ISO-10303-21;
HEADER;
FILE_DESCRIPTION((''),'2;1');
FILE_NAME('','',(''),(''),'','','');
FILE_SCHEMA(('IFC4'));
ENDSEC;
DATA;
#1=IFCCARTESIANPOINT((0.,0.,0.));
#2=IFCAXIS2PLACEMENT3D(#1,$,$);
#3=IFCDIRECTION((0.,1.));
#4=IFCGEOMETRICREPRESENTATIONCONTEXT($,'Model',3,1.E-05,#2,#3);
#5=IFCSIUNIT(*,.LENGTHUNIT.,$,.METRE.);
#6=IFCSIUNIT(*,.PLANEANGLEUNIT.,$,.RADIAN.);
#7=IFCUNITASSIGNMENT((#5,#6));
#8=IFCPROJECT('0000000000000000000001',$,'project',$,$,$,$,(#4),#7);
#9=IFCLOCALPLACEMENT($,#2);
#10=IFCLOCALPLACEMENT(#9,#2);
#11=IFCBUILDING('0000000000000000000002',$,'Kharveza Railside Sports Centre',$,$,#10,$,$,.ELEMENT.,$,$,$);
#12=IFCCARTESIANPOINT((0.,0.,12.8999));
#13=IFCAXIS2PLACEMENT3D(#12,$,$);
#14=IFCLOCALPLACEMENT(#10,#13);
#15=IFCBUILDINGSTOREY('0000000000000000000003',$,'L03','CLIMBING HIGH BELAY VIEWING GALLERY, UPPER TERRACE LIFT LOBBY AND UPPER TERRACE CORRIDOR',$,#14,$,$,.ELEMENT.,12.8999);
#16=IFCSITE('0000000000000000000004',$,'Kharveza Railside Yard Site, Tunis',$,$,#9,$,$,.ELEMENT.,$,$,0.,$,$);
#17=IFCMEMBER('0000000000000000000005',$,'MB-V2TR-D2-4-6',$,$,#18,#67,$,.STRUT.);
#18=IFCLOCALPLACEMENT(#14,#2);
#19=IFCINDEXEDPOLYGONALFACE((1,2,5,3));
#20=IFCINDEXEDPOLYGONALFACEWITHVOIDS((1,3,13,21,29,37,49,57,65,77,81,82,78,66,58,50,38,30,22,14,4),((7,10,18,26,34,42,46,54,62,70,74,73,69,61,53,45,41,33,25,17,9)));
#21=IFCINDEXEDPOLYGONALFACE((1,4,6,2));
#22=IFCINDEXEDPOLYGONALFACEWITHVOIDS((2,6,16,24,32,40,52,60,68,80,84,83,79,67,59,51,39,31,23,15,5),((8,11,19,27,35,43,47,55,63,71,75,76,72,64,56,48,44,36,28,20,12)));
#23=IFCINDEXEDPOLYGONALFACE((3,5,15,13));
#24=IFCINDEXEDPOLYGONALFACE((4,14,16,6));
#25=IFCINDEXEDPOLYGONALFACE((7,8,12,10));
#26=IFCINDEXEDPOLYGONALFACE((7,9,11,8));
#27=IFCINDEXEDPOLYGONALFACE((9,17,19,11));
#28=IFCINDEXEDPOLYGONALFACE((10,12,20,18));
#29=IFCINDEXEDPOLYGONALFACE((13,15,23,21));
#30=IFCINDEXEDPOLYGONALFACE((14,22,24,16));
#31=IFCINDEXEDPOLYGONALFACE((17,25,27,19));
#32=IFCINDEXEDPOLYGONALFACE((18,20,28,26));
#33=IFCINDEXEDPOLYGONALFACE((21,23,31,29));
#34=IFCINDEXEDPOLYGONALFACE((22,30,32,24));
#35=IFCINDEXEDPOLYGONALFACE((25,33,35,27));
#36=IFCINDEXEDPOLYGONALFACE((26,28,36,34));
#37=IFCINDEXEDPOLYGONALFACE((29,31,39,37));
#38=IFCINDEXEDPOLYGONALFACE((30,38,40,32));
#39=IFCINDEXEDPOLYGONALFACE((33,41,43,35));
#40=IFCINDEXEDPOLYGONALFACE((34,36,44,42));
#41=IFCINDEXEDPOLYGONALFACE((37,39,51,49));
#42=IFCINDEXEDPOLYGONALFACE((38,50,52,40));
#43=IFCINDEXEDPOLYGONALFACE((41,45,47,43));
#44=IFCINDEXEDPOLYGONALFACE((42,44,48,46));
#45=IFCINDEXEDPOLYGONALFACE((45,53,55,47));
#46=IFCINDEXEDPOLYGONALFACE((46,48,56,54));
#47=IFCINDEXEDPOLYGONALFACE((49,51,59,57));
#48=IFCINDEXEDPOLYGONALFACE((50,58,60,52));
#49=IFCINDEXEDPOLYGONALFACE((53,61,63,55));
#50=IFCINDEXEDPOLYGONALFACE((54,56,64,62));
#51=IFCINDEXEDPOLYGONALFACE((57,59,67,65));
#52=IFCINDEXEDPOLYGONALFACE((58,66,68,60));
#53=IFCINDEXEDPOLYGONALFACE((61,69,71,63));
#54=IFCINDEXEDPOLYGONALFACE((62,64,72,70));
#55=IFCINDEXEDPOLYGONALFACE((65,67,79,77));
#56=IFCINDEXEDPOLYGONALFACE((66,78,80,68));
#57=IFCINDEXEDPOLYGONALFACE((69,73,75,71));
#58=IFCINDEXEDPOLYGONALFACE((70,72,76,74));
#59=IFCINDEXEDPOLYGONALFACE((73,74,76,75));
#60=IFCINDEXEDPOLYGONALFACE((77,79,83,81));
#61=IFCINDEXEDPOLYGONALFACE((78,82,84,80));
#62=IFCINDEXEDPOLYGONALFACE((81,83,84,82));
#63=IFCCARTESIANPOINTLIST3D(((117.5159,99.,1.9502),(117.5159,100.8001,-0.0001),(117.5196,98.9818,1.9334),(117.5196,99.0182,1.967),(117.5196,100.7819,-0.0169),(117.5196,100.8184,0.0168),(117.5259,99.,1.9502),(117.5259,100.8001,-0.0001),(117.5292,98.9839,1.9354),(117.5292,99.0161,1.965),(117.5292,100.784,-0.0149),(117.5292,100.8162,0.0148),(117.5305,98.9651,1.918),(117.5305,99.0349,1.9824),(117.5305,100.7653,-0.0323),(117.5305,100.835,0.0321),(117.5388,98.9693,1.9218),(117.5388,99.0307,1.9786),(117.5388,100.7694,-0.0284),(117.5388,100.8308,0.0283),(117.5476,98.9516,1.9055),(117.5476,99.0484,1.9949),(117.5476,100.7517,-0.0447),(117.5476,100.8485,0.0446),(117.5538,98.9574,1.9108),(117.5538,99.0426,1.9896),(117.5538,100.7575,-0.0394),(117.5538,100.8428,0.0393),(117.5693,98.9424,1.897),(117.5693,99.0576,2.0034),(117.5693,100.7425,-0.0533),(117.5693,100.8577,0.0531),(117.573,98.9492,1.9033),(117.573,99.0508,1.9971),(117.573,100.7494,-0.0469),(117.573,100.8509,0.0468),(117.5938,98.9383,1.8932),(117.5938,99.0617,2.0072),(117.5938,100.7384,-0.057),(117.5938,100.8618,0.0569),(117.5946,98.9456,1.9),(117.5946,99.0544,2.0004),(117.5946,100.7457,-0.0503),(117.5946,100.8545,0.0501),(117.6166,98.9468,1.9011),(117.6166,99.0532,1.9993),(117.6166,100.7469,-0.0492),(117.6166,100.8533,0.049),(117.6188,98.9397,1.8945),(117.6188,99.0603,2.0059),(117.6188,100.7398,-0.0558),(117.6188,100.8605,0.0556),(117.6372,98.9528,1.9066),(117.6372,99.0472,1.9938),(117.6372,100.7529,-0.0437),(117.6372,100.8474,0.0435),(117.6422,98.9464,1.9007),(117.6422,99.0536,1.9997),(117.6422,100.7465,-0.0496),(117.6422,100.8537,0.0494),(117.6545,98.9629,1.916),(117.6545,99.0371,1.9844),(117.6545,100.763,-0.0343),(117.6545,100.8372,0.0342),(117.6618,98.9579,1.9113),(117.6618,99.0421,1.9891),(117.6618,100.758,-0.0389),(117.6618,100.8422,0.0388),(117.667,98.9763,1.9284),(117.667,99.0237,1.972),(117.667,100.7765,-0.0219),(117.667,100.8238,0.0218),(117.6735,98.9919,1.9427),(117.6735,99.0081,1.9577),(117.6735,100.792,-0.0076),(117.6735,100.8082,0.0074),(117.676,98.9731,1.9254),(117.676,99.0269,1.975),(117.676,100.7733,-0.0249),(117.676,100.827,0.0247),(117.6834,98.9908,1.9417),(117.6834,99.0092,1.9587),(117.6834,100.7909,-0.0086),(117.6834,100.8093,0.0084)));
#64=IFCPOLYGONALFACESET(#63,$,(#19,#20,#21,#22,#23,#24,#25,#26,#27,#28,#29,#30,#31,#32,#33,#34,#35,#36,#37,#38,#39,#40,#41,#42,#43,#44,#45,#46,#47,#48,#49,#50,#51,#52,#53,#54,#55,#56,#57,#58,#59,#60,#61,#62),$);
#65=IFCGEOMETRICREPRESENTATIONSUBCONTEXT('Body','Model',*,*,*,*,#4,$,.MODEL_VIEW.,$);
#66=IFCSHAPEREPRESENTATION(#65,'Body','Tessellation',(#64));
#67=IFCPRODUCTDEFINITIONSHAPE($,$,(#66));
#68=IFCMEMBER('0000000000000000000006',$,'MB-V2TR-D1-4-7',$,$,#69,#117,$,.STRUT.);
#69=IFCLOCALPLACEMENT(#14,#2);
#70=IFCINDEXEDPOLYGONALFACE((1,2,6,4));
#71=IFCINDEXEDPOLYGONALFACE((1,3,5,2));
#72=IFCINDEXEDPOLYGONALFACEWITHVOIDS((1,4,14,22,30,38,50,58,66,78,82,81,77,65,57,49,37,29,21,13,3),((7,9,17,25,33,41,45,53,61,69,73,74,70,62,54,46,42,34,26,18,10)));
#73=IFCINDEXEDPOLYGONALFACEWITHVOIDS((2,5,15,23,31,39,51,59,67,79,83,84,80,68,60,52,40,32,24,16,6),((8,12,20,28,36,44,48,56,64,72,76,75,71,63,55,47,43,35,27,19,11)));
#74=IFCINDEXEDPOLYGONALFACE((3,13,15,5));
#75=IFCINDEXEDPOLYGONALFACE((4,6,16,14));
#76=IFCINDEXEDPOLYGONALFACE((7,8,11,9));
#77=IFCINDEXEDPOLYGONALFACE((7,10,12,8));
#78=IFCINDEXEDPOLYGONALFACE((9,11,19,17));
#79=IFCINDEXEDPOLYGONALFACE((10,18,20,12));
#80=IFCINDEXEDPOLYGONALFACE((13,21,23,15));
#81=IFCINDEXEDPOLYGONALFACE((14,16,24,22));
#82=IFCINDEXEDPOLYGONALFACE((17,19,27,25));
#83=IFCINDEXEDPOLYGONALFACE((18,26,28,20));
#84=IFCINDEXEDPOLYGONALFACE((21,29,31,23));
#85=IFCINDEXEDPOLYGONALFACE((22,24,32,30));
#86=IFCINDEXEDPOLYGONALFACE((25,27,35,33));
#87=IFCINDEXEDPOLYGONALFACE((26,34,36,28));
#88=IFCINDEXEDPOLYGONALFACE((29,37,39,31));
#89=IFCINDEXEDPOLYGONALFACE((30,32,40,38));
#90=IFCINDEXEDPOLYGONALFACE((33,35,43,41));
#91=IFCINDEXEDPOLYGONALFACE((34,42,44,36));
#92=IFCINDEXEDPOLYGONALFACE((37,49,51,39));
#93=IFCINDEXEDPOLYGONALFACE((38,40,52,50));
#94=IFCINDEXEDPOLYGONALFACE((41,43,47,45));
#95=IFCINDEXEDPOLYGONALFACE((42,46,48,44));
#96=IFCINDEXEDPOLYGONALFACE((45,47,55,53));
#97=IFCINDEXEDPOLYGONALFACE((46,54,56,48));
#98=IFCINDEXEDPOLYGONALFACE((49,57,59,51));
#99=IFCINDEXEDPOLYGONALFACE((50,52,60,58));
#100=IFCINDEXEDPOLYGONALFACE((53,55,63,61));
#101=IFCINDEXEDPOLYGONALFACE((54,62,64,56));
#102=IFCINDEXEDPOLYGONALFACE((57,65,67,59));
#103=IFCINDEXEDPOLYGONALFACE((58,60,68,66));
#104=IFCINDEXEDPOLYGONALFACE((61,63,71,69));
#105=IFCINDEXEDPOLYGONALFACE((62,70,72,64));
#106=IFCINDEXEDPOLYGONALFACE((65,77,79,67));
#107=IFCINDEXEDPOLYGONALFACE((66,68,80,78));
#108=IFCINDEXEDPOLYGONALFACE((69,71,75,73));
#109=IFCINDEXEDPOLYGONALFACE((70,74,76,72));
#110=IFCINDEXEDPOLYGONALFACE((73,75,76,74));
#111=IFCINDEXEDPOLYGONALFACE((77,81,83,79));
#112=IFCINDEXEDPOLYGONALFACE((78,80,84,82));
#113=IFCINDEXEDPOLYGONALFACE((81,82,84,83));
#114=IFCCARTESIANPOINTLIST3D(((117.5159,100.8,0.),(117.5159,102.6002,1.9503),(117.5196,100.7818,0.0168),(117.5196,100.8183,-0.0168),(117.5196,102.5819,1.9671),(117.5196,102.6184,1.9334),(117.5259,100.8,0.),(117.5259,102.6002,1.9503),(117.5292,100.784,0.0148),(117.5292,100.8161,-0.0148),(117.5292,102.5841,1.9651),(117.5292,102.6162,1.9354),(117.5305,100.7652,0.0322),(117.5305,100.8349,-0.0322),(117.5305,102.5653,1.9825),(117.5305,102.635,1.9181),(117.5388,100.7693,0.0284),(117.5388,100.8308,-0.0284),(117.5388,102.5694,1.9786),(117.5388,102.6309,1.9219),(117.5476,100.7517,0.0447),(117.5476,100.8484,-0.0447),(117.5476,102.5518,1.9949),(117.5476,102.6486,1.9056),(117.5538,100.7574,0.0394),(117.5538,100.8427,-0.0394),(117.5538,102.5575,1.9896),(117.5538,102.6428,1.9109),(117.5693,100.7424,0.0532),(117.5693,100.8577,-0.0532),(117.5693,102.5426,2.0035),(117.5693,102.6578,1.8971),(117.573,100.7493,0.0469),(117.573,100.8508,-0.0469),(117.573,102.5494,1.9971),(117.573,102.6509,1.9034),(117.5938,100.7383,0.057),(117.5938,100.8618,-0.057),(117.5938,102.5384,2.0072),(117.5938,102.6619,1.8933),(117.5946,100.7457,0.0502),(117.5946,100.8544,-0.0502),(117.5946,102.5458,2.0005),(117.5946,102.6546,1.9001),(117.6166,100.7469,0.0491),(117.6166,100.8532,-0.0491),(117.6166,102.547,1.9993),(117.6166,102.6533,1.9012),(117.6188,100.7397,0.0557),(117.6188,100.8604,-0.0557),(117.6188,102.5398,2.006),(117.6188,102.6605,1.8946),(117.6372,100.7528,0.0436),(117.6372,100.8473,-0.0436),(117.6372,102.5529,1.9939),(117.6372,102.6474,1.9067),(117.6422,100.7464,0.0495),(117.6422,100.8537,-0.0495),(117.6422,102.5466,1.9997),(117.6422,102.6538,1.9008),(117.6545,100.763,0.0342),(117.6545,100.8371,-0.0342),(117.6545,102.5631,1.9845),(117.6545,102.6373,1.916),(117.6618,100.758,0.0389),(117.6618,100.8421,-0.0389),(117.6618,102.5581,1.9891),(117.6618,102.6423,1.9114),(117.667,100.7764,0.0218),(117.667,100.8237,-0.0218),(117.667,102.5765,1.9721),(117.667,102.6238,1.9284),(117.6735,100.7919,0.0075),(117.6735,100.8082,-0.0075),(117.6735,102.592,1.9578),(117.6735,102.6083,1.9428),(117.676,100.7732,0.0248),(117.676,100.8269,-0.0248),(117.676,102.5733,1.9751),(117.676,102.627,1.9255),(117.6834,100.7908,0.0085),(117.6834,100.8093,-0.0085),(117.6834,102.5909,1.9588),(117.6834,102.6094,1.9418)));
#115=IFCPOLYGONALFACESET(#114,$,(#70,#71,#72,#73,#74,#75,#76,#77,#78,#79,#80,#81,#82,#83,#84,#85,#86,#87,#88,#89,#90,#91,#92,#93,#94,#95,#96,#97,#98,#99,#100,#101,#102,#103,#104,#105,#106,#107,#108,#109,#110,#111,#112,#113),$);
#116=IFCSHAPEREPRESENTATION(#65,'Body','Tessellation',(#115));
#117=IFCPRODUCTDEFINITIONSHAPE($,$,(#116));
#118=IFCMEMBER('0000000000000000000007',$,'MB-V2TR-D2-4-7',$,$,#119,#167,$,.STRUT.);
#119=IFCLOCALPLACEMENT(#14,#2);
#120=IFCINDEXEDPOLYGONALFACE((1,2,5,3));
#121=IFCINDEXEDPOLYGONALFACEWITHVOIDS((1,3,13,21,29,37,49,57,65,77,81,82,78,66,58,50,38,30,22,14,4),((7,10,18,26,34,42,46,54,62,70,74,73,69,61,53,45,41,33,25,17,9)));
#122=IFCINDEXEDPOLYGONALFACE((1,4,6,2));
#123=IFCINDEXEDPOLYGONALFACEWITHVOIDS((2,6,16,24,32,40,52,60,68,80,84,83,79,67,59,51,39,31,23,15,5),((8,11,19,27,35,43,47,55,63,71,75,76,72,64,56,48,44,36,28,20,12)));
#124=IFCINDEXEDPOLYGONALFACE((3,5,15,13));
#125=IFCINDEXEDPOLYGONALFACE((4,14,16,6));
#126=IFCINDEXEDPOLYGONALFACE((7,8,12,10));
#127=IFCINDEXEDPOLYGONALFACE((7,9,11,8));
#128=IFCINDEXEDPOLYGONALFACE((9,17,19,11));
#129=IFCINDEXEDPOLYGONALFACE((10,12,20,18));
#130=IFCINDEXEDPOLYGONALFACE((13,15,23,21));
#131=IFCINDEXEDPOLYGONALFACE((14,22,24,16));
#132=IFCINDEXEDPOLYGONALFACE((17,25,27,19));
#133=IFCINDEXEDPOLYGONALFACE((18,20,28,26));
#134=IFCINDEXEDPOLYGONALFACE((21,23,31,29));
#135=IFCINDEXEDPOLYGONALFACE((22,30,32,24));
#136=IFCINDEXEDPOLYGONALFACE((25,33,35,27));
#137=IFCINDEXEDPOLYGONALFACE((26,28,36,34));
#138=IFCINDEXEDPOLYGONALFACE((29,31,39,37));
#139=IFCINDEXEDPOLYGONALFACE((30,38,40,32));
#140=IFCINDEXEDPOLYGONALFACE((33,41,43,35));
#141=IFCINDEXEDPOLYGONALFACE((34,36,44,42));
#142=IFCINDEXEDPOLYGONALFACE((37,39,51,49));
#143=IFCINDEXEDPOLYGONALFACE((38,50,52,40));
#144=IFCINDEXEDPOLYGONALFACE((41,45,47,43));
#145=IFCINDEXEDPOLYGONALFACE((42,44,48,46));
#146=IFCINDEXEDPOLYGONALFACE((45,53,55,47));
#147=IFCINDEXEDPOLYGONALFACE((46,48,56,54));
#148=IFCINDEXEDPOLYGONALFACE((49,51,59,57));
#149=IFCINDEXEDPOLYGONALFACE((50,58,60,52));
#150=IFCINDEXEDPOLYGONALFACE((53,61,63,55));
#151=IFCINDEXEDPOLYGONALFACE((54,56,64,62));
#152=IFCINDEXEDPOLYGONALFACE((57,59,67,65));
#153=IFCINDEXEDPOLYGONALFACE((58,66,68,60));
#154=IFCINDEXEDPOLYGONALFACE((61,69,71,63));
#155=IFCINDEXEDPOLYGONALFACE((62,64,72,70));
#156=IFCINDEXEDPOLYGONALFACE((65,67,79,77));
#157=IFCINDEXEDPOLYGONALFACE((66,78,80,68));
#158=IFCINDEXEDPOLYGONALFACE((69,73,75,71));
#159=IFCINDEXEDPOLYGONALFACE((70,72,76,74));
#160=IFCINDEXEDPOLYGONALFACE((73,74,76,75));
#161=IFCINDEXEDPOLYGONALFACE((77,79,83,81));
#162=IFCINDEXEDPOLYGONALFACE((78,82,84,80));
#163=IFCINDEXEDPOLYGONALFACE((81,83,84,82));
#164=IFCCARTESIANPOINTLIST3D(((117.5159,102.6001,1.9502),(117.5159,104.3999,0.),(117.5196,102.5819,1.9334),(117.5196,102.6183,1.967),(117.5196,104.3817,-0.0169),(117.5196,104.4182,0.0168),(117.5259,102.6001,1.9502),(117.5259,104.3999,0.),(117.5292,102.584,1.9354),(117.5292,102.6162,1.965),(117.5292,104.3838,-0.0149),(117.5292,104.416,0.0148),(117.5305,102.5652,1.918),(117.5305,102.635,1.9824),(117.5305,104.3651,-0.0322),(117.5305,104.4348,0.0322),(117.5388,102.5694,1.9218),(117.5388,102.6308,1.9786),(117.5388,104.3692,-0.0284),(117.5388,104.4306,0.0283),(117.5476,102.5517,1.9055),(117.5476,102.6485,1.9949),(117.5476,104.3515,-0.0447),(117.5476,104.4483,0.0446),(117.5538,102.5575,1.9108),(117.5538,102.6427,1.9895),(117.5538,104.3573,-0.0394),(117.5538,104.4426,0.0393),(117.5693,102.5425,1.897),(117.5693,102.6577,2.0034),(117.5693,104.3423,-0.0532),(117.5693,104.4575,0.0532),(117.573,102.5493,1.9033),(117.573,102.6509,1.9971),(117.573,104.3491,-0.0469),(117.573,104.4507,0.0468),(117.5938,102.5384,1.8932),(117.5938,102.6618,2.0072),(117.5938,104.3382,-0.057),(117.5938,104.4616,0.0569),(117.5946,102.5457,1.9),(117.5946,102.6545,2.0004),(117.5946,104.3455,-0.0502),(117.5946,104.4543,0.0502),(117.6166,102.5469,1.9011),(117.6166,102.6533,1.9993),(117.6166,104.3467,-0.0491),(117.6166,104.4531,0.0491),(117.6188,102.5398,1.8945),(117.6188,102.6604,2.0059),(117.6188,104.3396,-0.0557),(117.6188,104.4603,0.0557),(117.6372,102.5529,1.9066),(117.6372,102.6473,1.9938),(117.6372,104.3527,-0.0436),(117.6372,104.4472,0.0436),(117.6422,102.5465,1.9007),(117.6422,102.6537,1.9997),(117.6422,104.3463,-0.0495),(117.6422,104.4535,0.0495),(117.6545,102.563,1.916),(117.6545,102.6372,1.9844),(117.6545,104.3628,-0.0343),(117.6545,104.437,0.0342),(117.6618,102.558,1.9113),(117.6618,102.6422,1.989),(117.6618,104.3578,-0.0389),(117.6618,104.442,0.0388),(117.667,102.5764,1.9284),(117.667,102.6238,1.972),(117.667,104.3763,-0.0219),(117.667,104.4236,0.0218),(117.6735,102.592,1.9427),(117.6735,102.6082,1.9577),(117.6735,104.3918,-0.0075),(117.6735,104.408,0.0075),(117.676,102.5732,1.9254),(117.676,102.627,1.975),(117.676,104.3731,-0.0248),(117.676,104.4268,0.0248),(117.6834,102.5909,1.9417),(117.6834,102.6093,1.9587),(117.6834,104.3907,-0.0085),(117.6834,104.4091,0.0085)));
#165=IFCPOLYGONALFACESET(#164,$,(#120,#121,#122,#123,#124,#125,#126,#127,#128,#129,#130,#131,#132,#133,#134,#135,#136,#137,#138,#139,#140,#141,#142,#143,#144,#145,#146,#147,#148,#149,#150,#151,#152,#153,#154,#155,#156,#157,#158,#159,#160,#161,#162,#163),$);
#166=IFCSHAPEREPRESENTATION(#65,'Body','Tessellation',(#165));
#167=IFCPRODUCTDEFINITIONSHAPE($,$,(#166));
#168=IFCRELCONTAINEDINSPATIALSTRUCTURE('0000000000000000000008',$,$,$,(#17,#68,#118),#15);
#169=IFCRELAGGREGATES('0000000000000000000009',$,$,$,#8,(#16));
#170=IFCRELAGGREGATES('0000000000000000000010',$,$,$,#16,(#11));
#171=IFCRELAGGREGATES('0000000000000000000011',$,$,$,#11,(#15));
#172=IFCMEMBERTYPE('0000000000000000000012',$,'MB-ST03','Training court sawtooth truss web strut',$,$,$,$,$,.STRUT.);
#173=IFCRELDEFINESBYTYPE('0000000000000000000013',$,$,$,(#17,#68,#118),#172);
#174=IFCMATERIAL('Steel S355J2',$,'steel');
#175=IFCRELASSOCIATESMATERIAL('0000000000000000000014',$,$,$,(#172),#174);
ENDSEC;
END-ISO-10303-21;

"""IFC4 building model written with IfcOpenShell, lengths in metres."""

from ifc_helpers import new_model, si_unit, direction, frame, origin, origin_2d, place, context, subcontext, project, spatial, hollow_circle, extrude, material, material_profile, profile_set, type_object, element, save


model = new_model("IFC4")

# Units and contexts
model_context = context("Model", 3, precision=1e-05, world=origin(), true_north=direction((0.0, 1.0)))
body_context = subcontext(model_context, "Body", "Model", "MODEL_VIEW")
ifc_project = project(units=[si_unit("LENGTHUNIT", "METRE"), si_unit("PLANEANGLEUNIT", "RADIAN")], contexts=[model_context])

# Site, building, storey
site_placement = place(None, origin())
site = spatial("IfcSite", under=ifc_project, at=site_placement, Name="Kharveza Railside Yard Site, Tunis", CompositionType="ELEMENT", RefElevation=0.0)
building_placement = place(site_placement, origin())
building = spatial("IfcBuilding", under=site, at=building_placement, Name="Kharveza Railside Sports Centre", CompositionType="ELEMENT")
storey_placement = place(building_placement, frame((0.0, 0.0, 12.8999)))
storey = spatial("IfcBuildingStorey", under=building, at=storey_placement, Name="L03", Description="CLIMBING HIGH BELAY VIEWING GALLERY, UPPER TERRACE LIFT LOBBY AND UPPER TERRACE CORRIDOR", CompositionType="ELEMENT", Elevation=12.8999)

# Shared definitions
ifc_material_1 = material(Name="Steel S355J2", Category="steel")

# Members
ifc_material_profile_1 = material_profile(ifc_material_1, hollow_circle(Radius=0.0842, WallThickness=0.01, at=origin_2d()), Name="CHS 168.3x10.0")
ifc_profile_set_1 = profile_set([ifc_material_profile_1], Name="Steel S355J2")
member_type_1 = type_object("IfcMemberType", Name="MB-ST03", Description="Training court sawtooth truss web strut", PredefinedType="STRUT", material=ifc_profile_set_1)
for number, where, z_axis, x_axis, name in (
    (1, (117.6001, 99.0, 1.9502), (0.0, 0.678253, -0.734828), (-1.0, 0.0, 0.0), "MB-V2TR-D2-4-6"),
    (2, (117.6001, 100.8, 0.0), (0.0, 0.678253, 0.734828), (-1.0, 0.0, 0.0), "MB-V2TR-D1-4-7"),
):
    element("IfcMember", number, at=place(storey_placement, frame(where, z_axis=z_axis, x_axis=x_axis)), inside=storey, type_object=member_type_1, Name=name, PredefinedType="STRUT", context=body_context, shape_type="SweptSolid", body=[
        extrude(hollow_circle(Radius=0.0842, WallThickness=0.01, at=origin_2d()), origin(), (0.0, 0.0, 1.0), 2.6541),
    ])
member_1_placement = place(storey_placement, frame((117.6001, 102.6001, 1.9502), z_axis=(0.0, 0.678204, -0.734874), x_axis=(-1.0, 0.0, 0.0)))
element("IfcMember", 3, at=member_1_placement, inside=storey, type_object=member_type_1, Name="MB-V2TR-D2-4-7", PredefinedType="STRUT", context=body_context, shape_type="SweptSolid", body=[
    extrude(hollow_circle(Radius=0.0842, WallThickness=0.01, at=origin_2d()), origin(), (0.0, 0.0, 1.0), 2.6538),
])

save(model, "model.ifc")
